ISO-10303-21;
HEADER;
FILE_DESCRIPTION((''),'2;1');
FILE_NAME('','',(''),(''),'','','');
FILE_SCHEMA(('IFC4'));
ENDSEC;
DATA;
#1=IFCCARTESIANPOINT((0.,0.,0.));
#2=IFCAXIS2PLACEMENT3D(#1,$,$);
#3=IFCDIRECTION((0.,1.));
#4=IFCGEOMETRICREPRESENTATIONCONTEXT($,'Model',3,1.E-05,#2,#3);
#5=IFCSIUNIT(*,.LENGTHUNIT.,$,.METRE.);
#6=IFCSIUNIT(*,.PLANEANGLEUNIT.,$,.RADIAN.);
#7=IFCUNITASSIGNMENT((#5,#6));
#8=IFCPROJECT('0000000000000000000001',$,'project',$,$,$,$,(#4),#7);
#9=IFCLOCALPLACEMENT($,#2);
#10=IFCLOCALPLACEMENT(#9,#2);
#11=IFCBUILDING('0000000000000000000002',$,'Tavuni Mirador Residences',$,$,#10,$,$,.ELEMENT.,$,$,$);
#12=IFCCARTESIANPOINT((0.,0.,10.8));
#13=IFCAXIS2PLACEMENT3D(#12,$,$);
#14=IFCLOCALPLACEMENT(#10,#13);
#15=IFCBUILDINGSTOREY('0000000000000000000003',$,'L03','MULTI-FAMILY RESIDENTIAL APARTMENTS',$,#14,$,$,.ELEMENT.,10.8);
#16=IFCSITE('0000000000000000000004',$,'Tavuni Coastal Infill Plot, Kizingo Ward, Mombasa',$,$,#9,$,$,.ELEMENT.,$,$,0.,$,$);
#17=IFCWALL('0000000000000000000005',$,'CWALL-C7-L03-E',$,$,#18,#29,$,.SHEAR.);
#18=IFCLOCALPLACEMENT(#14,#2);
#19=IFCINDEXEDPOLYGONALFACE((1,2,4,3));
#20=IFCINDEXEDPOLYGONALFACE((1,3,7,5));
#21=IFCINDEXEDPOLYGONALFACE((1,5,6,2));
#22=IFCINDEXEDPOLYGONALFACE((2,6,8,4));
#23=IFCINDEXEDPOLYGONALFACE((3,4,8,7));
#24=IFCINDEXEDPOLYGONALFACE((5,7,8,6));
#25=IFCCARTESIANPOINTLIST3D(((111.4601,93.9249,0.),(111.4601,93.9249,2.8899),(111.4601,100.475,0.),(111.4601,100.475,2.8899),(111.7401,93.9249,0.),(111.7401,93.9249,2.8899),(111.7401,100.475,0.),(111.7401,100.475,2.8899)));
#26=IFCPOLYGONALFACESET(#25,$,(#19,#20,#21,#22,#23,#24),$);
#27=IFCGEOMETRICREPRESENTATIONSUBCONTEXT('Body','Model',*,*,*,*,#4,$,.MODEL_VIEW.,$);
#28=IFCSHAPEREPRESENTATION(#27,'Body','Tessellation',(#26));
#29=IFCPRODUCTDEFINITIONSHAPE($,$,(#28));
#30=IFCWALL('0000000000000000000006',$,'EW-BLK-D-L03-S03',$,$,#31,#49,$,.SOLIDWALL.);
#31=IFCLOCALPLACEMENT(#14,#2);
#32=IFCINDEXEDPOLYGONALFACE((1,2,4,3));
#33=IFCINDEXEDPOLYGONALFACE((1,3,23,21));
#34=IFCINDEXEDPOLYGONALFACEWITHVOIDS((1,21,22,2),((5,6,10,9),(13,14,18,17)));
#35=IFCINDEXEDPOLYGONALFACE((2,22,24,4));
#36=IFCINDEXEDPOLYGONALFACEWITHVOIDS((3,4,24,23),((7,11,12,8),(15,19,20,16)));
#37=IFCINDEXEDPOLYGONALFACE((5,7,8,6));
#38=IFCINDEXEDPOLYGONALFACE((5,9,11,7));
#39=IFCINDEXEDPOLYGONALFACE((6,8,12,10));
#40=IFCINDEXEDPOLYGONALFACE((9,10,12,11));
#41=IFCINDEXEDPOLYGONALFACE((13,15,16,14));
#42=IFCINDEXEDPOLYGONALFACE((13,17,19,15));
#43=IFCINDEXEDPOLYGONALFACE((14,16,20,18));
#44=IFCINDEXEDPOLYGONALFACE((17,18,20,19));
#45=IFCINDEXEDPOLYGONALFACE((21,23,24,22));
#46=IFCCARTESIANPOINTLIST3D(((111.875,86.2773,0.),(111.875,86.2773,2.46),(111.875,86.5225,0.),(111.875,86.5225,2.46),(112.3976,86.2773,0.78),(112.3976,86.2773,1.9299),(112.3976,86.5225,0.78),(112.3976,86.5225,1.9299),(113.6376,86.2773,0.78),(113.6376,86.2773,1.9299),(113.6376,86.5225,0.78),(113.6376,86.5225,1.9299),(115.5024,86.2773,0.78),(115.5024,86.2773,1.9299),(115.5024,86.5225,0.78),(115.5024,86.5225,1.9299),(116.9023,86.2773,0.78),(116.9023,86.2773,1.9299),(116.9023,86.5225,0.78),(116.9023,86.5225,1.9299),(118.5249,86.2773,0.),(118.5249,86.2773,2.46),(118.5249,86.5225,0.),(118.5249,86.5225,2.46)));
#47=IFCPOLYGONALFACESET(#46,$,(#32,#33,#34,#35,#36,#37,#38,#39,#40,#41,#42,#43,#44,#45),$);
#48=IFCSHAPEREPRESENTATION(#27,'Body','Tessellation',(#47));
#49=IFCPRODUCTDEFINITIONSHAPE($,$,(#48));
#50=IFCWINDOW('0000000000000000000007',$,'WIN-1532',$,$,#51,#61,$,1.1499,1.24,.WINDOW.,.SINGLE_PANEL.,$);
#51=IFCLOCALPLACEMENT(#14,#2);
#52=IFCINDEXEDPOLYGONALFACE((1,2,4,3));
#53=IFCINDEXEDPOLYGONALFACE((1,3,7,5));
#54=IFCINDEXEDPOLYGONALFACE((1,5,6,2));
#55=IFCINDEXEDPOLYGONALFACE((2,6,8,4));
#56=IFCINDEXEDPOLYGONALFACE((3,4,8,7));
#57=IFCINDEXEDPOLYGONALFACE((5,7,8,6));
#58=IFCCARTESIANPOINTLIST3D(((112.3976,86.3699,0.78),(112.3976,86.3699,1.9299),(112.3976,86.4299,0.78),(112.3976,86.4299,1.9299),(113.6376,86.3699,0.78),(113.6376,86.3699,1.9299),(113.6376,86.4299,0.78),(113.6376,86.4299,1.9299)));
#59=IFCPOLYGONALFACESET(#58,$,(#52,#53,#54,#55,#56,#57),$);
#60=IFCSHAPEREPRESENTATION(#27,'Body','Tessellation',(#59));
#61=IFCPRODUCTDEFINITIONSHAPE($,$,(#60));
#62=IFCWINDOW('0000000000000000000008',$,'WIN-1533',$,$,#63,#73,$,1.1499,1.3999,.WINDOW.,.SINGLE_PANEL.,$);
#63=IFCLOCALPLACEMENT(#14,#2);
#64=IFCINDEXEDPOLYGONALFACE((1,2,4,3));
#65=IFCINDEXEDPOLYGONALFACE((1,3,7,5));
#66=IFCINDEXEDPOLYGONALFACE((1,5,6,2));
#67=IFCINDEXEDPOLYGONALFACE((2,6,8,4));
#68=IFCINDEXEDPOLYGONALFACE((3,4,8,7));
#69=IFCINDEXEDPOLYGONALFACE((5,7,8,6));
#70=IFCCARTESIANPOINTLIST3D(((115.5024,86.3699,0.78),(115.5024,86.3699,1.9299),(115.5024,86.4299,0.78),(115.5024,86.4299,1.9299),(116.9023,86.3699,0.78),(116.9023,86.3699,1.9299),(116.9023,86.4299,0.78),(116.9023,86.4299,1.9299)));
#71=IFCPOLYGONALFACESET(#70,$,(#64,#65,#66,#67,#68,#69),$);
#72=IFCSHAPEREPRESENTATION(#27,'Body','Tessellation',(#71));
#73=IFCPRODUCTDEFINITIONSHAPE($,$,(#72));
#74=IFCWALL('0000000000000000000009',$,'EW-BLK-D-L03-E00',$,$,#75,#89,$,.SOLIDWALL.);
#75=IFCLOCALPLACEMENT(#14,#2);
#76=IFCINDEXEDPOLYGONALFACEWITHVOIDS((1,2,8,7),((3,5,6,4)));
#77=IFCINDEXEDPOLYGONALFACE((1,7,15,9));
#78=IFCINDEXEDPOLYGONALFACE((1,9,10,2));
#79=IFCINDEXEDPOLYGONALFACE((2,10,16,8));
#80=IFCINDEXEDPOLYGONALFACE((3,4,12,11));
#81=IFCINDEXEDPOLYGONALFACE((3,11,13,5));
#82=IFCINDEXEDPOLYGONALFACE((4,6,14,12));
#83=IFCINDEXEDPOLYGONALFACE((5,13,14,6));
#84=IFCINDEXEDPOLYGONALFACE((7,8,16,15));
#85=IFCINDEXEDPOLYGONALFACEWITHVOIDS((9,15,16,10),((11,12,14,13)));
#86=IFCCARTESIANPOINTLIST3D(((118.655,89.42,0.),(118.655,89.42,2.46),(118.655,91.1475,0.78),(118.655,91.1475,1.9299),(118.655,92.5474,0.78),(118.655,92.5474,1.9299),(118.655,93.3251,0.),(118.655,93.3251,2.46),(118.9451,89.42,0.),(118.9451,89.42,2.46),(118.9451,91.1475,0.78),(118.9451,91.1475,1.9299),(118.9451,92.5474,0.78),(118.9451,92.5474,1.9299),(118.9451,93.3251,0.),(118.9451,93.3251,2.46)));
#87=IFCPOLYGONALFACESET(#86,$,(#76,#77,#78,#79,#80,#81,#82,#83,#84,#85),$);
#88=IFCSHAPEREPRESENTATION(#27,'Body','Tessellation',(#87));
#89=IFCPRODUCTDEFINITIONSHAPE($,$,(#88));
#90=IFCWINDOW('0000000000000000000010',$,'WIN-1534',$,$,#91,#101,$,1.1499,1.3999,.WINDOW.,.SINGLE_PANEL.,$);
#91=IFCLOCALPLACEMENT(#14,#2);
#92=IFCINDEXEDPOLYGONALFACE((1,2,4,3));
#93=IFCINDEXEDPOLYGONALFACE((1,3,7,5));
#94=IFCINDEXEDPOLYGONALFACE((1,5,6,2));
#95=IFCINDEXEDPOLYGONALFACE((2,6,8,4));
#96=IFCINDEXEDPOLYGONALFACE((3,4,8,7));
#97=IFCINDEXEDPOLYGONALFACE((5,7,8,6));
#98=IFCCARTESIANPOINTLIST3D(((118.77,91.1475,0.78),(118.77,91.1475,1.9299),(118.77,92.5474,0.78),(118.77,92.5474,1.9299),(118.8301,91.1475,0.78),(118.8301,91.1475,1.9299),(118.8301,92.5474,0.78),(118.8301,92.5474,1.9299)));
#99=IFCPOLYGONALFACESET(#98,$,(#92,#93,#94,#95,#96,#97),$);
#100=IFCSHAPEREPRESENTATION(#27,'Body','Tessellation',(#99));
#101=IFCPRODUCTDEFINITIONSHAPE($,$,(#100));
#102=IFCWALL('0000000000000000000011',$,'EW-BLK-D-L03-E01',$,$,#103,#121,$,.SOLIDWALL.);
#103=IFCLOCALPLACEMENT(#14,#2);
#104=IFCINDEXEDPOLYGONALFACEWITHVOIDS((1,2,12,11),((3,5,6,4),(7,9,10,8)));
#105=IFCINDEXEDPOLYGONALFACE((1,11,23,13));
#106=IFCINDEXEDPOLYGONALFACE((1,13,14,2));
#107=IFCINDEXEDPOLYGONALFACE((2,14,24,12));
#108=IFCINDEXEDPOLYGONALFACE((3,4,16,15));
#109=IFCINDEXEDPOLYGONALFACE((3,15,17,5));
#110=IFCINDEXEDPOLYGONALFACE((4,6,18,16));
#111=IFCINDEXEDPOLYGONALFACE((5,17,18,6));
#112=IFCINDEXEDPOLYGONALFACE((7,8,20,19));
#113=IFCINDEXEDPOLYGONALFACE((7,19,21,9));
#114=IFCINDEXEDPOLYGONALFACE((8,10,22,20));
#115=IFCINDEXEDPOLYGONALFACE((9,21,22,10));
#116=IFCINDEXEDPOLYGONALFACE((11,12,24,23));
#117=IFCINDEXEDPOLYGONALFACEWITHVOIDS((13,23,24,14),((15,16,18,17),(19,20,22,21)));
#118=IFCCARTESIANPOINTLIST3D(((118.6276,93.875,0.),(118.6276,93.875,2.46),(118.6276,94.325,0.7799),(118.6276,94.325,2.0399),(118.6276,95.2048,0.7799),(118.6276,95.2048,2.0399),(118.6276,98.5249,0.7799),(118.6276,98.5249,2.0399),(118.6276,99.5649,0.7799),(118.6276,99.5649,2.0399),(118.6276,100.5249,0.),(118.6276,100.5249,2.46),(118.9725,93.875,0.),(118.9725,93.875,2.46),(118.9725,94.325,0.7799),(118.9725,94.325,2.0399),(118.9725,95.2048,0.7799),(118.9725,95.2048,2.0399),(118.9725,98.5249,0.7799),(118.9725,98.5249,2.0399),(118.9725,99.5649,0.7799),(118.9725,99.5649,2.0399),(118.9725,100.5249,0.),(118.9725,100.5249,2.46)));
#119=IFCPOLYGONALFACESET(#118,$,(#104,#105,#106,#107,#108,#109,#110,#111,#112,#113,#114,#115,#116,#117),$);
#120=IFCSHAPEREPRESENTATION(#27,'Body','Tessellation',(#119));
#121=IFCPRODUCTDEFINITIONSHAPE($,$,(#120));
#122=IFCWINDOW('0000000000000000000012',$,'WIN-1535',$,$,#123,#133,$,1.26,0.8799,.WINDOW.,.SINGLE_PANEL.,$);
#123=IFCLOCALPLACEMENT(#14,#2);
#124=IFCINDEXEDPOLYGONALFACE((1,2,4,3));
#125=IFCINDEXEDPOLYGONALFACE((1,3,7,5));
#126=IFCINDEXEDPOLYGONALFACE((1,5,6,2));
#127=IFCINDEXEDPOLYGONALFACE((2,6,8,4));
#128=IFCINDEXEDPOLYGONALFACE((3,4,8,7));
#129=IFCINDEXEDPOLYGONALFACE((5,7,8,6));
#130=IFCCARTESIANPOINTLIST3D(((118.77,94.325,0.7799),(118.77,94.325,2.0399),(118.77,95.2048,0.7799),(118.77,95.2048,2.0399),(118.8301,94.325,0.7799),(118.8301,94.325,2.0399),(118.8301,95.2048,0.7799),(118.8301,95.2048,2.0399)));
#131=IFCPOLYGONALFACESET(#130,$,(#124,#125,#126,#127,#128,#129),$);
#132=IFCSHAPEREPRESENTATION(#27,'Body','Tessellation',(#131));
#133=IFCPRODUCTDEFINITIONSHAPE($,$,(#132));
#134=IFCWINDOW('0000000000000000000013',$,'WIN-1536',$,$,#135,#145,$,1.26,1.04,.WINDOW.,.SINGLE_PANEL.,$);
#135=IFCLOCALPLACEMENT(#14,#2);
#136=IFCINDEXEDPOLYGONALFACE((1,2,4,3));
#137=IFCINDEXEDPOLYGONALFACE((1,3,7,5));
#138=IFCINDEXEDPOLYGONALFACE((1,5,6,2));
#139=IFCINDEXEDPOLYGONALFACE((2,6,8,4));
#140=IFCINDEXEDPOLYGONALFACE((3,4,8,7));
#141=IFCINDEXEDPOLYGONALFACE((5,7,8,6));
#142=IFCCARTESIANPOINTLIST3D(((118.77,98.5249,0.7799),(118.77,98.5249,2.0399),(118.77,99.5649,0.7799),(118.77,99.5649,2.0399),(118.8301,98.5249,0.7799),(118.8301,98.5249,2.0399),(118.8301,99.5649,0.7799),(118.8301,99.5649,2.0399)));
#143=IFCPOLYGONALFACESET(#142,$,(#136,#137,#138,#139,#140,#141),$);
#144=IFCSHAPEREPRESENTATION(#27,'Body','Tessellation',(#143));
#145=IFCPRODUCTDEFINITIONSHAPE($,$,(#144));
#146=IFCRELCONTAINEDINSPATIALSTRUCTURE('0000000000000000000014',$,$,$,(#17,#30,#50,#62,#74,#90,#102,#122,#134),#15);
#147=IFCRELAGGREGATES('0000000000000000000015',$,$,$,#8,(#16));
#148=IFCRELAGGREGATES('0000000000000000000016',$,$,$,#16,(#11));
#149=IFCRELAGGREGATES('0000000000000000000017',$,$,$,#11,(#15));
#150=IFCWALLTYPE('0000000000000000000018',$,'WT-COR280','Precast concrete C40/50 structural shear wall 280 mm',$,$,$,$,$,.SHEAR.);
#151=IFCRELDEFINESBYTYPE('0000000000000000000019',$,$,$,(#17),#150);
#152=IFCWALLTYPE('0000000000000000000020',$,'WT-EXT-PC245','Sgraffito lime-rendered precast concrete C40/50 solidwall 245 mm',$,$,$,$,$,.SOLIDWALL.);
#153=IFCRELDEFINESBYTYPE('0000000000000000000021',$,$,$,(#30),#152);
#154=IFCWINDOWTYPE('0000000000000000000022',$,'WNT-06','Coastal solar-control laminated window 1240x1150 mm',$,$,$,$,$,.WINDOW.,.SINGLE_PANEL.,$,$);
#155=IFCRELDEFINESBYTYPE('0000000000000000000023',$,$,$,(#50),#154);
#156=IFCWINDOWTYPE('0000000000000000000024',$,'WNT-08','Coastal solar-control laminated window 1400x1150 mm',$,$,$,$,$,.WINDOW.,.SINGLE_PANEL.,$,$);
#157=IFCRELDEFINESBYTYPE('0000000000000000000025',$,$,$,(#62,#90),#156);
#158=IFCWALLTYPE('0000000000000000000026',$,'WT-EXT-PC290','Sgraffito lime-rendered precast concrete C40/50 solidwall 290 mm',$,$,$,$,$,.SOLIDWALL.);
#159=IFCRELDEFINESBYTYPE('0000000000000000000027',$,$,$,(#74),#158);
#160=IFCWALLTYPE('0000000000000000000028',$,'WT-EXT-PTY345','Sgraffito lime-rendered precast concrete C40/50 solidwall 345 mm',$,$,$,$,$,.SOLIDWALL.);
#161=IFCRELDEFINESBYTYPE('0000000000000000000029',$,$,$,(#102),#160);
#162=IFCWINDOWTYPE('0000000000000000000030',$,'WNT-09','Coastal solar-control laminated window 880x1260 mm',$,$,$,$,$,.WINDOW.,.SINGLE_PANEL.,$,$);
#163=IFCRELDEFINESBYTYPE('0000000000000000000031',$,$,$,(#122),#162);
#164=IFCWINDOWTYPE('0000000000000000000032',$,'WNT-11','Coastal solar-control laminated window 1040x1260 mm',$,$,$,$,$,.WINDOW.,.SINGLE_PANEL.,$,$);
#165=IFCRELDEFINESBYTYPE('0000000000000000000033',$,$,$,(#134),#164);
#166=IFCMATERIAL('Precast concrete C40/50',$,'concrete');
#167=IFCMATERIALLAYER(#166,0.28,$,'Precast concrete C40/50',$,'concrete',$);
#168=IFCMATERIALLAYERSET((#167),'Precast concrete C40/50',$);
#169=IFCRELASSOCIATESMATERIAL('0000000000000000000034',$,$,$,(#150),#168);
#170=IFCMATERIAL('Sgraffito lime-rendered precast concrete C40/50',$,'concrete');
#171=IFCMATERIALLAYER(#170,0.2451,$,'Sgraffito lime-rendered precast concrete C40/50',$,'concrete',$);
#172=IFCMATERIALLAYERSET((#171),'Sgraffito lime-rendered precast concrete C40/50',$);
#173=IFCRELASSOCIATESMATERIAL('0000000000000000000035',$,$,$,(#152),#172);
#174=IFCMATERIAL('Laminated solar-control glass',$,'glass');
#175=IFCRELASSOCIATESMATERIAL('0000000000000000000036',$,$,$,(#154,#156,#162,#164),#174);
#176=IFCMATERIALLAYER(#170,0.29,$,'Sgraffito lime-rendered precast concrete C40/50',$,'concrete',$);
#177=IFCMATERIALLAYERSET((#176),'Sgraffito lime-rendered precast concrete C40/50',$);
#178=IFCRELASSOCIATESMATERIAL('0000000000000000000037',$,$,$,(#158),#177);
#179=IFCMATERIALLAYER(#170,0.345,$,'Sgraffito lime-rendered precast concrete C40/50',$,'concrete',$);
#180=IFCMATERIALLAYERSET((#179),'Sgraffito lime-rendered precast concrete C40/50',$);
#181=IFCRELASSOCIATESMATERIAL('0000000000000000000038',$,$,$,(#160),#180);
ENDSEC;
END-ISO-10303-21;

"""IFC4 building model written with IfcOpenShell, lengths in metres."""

from ifc_helpers import new_model, si_unit, direction, frame, frame_2d, origin, place, context, subcontext, project, spatial, rectangle, extrude, material, layer, layer_set, type_object, element, fill, save


model = new_model("IFC4")

# Units and contexts
model_context = context("Model", 3, precision=1e-05, world=origin(), true_north=direction((0.0, 1.0)))
body_context = subcontext(model_context, "Body", "Model", "MODEL_VIEW")
ifc_project = project(units=[si_unit("LENGTHUNIT", "METRE"), si_unit("PLANEANGLEUNIT", "RADIAN")], contexts=[model_context])

# Site, building, storey
site_placement = place(None, origin())
site = spatial("IfcSite", under=ifc_project, at=site_placement, Name="Tavuni Coastal Infill Plot, Kizingo Ward, Mombasa", CompositionType="ELEMENT", RefElevation=0.0)
building_placement = place(site_placement, origin())
building = spatial("IfcBuilding", under=site, at=building_placement, Name="Tavuni Mirador Residences", CompositionType="ELEMENT")
storey_placement = place(building_placement, frame((0.0, 0.0, 10.8)))
storey = spatial("IfcBuildingStorey", under=building, at=storey_placement, Name="L03", Description="MULTI-FAMILY RESIDENTIAL APARTMENTS", CompositionType="ELEMENT", Elevation=10.8)

# Shared definitions
ifc_material_1 = material(Name="Precast concrete C40/50", Category="concrete")

# Wall
ifc_layer_1 = layer(ifc_material_1, 0.28, Name="Precast concrete C40/50", Category="concrete")
ifc_layer_set_1 = layer_set([ifc_layer_1], Name="Precast concrete C40/50")
wall_type_1 = type_object("IfcWallType", Name="WT-COR280", Description="Precast concrete C40/50 structural shear wall 280 mm", PredefinedType="SHEAR", material=ifc_layer_set_1)
wall_1_placement = place(storey_placement, frame((111.6001, 93.925, 0.0), z_axis=(0.0, 0.0, 1.0), x_axis=(0.0, 1.0, 0.0)))
element("IfcWall", 1, at=wall_1_placement, inside=storey, type_object=wall_type_1, Name="CWALL-C7-L03-E", PredefinedType="SHEAR", context=body_context, shape_type="SweptSolid", body=[
    extrude(rectangle(XDim=6.55, YDim=0.28, at=frame_2d((3.2749, 0.0))), origin(), (0.0, 0.0, 1.0), 2.8899),
])

# Wall, openings, windows
ifc_material_2 = material(Name="Sgraffito lime-rendered precast concrete C40/50", Category="concrete")
ifc_layer_2 = layer(ifc_material_2, 0.2451, Name="Sgraffito lime-rendered precast concrete C40/50", Category="concrete")
ifc_layer_set_2 = layer_set([ifc_layer_2], Name="Sgraffito lime-rendered precast concrete C40/50")
wall_type_2 = type_object("IfcWallType", Name="WT-EXT-PC245", Description="Sgraffito lime-rendered precast concrete C40/50 solidwall 245 mm", PredefinedType="SOLIDWALL", material=ifc_layer_set_2)
wall_2_placement = place(storey_placement, frame((111.875, 86.3999, 0.0), z_axis=(0.0, 0.0, 1.0), x_axis=(1.0, 0.0, 0.0)))
wall_2 = element("IfcWall", 2, at=wall_2_placement, inside=storey, type_object=wall_type_2, Name="EW-BLK-D-L03-S03", PredefinedType="SOLIDWALL", context=body_context, shape_type="SweptSolid", body=[
    extrude(rectangle(XDim=6.6499, YDim=0.2451, at=frame_2d((3.325, 0.0))), origin(), (0.0, 0.0, 1.0), 2.46),
])
opening_1_placement = place(wall_2_placement, frame((0.5225, 0.0, 0.78)))
opening_1 = element("IfcOpeningElement", 3, at=opening_1_placement, cuts=wall_2, PredefinedType="OPENING", context=body_context, shape_type="SweptSolid", body=[
    extrude(rectangle(XDim=1.24, YDim=1.1499, at=frame_2d((0.6201, 0.575))), frame((0.0, 0.1326, 0.0), z_axis=(0.0, -1.0, 0.0), x_axis=(1.0, 0.0, 0.0)), (0.0, 0.0, 1.0), 0.2651),
])
opening_2_placement = place(wall_2_placement, frame((3.6274, 0.0, 0.78)))
opening_2 = element("IfcOpeningElement", 4, at=opening_2_placement, cuts=wall_2, PredefinedType="OPENING", context=body_context, shape_type="SweptSolid", body=[
    extrude(rectangle(XDim=1.3999, YDim=1.1499, at=frame_2d((0.7, 0.575))), frame((0.0, 0.1326, 0.0), z_axis=(0.0, -1.0, 0.0), x_axis=(1.0, 0.0, 0.0)), (0.0, 0.0, 1.0), 0.2651),
])
ifc_material_3 = material(Name="Laminated solar-control glass", Category="glass")
window_type_1 = type_object("IfcWindowType", Name="WNT-06", Description="Coastal solar-control laminated window 1240x1150 mm", PartitioningType="SINGLE_PANEL", PredefinedType="WINDOW", material=ifc_material_3)
window_1_placement = place(opening_1_placement, origin())
window_1 = element("IfcWindow", 5, at=window_1_placement, inside=storey, type_object=window_type_1, Name="WIN-1532", OverallHeight=1.1499, OverallWidth=1.24, PartitioningType="SINGLE_PANEL", PredefinedType="WINDOW", context=body_context, shape_type="SweptSolid", body=[
    extrude(rectangle(XDim=1.24, YDim=1.1499, at=frame_2d((0.6201, 0.575))), frame((0.0, 0.03, 0.0), z_axis=(0.0, -1.0, 0.0), x_axis=(1.0, 0.0, 0.0)), (0.0, 0.0, 1.0), 0.0601),
])
fill(opening_1, window_1)
window_type_2 = type_object("IfcWindowType", Name="WNT-08", Description="Coastal solar-control laminated window 1400x1150 mm", PartitioningType="SINGLE_PANEL", PredefinedType="WINDOW", material=ifc_material_3)
window_2_placement = place(opening_2_placement, origin())
window_2 = element("IfcWindow", 6, at=window_2_placement, inside=storey, type_object=window_type_2, Name="WIN-1533", OverallHeight=1.1499, OverallWidth=1.3999, PartitioningType="SINGLE_PANEL", PredefinedType="WINDOW", context=body_context, shape_type="SweptSolid", body=[
    extrude(rectangle(XDim=1.3999, YDim=1.1499, at=frame_2d((0.7, 0.575))), frame((0.0, 0.03, 0.0), z_axis=(0.0, -1.0, 0.0), x_axis=(1.0, 0.0, 0.0)), (0.0, 0.0, 1.0), 0.0601),
])
fill(opening_2, window_2)

# Wall, opening, window
ifc_layer_3 = layer(ifc_material_2, 0.29, Name="Sgraffito lime-rendered precast concrete C40/50", Category="concrete")
ifc_layer_set_3 = layer_set([ifc_layer_3], Name="Sgraffito lime-rendered precast concrete C40/50")
wall_type_3 = type_object("IfcWallType", Name="WT-EXT-PC290", Description="Sgraffito lime-rendered precast concrete C40/50 solidwall 290 mm", PredefinedType="SOLIDWALL", material=ifc_layer_set_3)
wall_3_placement = place(storey_placement, frame((118.8, 89.4199, 0.0), z_axis=(0.0, 0.0, 1.0), x_axis=(0.0, 1.0, 0.0)))
wall_3 = element("IfcWall", 7, at=wall_3_placement, inside=storey, type_object=wall_type_3, Name="EW-BLK-D-L03-E00", PredefinedType="SOLIDWALL", context=body_context, shape_type="SweptSolid", body=[
    extrude(rectangle(XDim=3.905, YDim=0.29, at=frame_2d((1.9526, 0.0))), origin(), (0.0, 0.0, 1.0), 2.46),
])
opening_3_placement = place(wall_3_placement, frame((1.7275, 0.0, 0.78)))
opening_3 = element("IfcOpeningElement", 8, at=opening_3_placement, cuts=wall_3, PredefinedType="OPENING", context=body_context, shape_type="SweptSolid", body=[
    extrude(rectangle(XDim=1.3999, YDim=1.1499, at=frame_2d((0.7, 0.575))), frame((0.0, 0.155, 0.0), z_axis=(0.0, -1.0, 0.0), x_axis=(1.0, 0.0, 0.0)), (0.0, 0.0, 1.0), 0.3101),
])
window_3_placement = place(opening_3_placement, origin())
window_3 = element("IfcWindow", 9, at=window_3_placement, inside=storey, type_object=window_type_2, Name="WIN-1534", OverallHeight=1.1499, OverallWidth=1.3999, PartitioningType="SINGLE_PANEL", PredefinedType="WINDOW", context=body_context, shape_type="SweptSolid", body=[
    extrude(rectangle(XDim=1.3999, YDim=1.1499, at=frame_2d((0.7, 0.575))), frame((0.0, 0.03, 0.0), z_axis=(0.0, -1.0, 0.0), x_axis=(1.0, 0.0, 0.0)), (0.0, 0.0, 1.0), 0.0601),
])
fill(opening_3, window_3)

# Wall, openings, windows
ifc_layer_4 = layer(ifc_material_2, 0.345, Name="Sgraffito lime-rendered precast concrete C40/50", Category="concrete")
ifc_layer_set_4 = layer_set([ifc_layer_4], Name="Sgraffito lime-rendered precast concrete C40/50")
wall_type_4 = type_object("IfcWallType", Name="WT-EXT-PTY345", Description="Sgraffito lime-rendered precast concrete C40/50 solidwall 345 mm", PredefinedType="SOLIDWALL", material=ifc_layer_set_4)
wall_4_placement = place(storey_placement, frame((118.8, 93.875, 0.0), z_axis=(0.0, 0.0, 1.0), x_axis=(0.0, 1.0, 0.0)))
wall_4 = element("IfcWall", 10, at=wall_4_placement, inside=storey, type_object=wall_type_4, Name="EW-BLK-D-L03-E01", PredefinedType="SOLIDWALL", context=body_context, shape_type="SweptSolid", body=[
    extrude(rectangle(XDim=6.6499, YDim=0.345, at=frame_2d((3.325, 0.0))), origin(), (0.0, 0.0, 1.0), 2.46),
])
opening_4_placement = place(wall_4_placement, frame((0.45, 0.0, 0.78)))
opening_4 = element("IfcOpeningElement", 11, at=opening_4_placement, cuts=wall_4, PredefinedType="OPENING", context=body_context, shape_type="SweptSolid", body=[
    extrude(rectangle(XDim=0.8799, YDim=1.26, at=frame_2d((0.4399, 0.6299))), frame((0.0, 0.1826, 0.0), z_axis=(0.0, -1.0, 0.0), x_axis=(1.0, 0.0, 0.0)), (0.0, 0.0, 1.0), 0.365),
])
opening_5_placement = place(wall_4_placement, frame((4.6499, 0.0, 0.78)))
opening_5 = element("IfcOpeningElement", 12, at=opening_5_placement, cuts=wall_4, PredefinedType="OPENING", context=body_context, shape_type="SweptSolid", body=[
    extrude(rectangle(XDim=1.04, YDim=1.26, at=frame_2d((0.52, 0.6299))), frame((0.0, 0.1826, 0.0), z_axis=(0.0, -1.0, 0.0), x_axis=(1.0, 0.0, 0.0)), (0.0, 0.0, 1.0), 0.365),
])
window_type_3 = type_object("IfcWindowType", Name="WNT-09", Description="Coastal solar-control laminated window 880x1260 mm", PartitioningType="SINGLE_PANEL", PredefinedType="WINDOW", material=ifc_material_3)
window_4_placement = place(opening_4_placement, origin())
window_4 = element("IfcWindow", 13, at=window_4_placement, inside=storey, type_object=window_type_3, Name="WIN-1535", OverallHeight=1.26, OverallWidth=0.8799, PartitioningType="SINGLE_PANEL", PredefinedType="WINDOW", context=body_context, shape_type="SweptSolid", body=[
    extrude(rectangle(XDim=0.8799, YDim=1.26, at=frame_2d((0.4399, 0.6299))), frame((0.0, 0.03, 0.0), z_axis=(0.0, -1.0, 0.0), x_axis=(1.0, 0.0, 0.0)), (0.0, 0.0, 1.0), 0.0601),
])
fill(opening_4, window_4)
window_type_4 = type_object("IfcWindowType", Name="WNT-11", Description="Coastal solar-control laminated window 1040x1260 mm", PartitioningType="SINGLE_PANEL", PredefinedType="WINDOW", material=ifc_material_3)
window_5_placement = place(opening_5_placement, origin())
window_5 = element("IfcWindow", 14, at=window_5_placement, inside=storey, type_object=window_type_4, Name="WIN-1536", OverallHeight=1.26, OverallWidth=1.04, PartitioningType="SINGLE_PANEL", PredefinedType="WINDOW", context=body_context, shape_type="SweptSolid", body=[
    extrude(rectangle(XDim=1.04, YDim=1.26, at=frame_2d((0.52, 0.6299))), frame((0.0, 0.03, 0.0), z_axis=(0.0, -1.0, 0.0), x_axis=(1.0, 0.0, 0.0)), (0.0, 0.0, 1.0), 0.0601),
])
fill(opening_5, window_5)

save(model, "model.ifc")
